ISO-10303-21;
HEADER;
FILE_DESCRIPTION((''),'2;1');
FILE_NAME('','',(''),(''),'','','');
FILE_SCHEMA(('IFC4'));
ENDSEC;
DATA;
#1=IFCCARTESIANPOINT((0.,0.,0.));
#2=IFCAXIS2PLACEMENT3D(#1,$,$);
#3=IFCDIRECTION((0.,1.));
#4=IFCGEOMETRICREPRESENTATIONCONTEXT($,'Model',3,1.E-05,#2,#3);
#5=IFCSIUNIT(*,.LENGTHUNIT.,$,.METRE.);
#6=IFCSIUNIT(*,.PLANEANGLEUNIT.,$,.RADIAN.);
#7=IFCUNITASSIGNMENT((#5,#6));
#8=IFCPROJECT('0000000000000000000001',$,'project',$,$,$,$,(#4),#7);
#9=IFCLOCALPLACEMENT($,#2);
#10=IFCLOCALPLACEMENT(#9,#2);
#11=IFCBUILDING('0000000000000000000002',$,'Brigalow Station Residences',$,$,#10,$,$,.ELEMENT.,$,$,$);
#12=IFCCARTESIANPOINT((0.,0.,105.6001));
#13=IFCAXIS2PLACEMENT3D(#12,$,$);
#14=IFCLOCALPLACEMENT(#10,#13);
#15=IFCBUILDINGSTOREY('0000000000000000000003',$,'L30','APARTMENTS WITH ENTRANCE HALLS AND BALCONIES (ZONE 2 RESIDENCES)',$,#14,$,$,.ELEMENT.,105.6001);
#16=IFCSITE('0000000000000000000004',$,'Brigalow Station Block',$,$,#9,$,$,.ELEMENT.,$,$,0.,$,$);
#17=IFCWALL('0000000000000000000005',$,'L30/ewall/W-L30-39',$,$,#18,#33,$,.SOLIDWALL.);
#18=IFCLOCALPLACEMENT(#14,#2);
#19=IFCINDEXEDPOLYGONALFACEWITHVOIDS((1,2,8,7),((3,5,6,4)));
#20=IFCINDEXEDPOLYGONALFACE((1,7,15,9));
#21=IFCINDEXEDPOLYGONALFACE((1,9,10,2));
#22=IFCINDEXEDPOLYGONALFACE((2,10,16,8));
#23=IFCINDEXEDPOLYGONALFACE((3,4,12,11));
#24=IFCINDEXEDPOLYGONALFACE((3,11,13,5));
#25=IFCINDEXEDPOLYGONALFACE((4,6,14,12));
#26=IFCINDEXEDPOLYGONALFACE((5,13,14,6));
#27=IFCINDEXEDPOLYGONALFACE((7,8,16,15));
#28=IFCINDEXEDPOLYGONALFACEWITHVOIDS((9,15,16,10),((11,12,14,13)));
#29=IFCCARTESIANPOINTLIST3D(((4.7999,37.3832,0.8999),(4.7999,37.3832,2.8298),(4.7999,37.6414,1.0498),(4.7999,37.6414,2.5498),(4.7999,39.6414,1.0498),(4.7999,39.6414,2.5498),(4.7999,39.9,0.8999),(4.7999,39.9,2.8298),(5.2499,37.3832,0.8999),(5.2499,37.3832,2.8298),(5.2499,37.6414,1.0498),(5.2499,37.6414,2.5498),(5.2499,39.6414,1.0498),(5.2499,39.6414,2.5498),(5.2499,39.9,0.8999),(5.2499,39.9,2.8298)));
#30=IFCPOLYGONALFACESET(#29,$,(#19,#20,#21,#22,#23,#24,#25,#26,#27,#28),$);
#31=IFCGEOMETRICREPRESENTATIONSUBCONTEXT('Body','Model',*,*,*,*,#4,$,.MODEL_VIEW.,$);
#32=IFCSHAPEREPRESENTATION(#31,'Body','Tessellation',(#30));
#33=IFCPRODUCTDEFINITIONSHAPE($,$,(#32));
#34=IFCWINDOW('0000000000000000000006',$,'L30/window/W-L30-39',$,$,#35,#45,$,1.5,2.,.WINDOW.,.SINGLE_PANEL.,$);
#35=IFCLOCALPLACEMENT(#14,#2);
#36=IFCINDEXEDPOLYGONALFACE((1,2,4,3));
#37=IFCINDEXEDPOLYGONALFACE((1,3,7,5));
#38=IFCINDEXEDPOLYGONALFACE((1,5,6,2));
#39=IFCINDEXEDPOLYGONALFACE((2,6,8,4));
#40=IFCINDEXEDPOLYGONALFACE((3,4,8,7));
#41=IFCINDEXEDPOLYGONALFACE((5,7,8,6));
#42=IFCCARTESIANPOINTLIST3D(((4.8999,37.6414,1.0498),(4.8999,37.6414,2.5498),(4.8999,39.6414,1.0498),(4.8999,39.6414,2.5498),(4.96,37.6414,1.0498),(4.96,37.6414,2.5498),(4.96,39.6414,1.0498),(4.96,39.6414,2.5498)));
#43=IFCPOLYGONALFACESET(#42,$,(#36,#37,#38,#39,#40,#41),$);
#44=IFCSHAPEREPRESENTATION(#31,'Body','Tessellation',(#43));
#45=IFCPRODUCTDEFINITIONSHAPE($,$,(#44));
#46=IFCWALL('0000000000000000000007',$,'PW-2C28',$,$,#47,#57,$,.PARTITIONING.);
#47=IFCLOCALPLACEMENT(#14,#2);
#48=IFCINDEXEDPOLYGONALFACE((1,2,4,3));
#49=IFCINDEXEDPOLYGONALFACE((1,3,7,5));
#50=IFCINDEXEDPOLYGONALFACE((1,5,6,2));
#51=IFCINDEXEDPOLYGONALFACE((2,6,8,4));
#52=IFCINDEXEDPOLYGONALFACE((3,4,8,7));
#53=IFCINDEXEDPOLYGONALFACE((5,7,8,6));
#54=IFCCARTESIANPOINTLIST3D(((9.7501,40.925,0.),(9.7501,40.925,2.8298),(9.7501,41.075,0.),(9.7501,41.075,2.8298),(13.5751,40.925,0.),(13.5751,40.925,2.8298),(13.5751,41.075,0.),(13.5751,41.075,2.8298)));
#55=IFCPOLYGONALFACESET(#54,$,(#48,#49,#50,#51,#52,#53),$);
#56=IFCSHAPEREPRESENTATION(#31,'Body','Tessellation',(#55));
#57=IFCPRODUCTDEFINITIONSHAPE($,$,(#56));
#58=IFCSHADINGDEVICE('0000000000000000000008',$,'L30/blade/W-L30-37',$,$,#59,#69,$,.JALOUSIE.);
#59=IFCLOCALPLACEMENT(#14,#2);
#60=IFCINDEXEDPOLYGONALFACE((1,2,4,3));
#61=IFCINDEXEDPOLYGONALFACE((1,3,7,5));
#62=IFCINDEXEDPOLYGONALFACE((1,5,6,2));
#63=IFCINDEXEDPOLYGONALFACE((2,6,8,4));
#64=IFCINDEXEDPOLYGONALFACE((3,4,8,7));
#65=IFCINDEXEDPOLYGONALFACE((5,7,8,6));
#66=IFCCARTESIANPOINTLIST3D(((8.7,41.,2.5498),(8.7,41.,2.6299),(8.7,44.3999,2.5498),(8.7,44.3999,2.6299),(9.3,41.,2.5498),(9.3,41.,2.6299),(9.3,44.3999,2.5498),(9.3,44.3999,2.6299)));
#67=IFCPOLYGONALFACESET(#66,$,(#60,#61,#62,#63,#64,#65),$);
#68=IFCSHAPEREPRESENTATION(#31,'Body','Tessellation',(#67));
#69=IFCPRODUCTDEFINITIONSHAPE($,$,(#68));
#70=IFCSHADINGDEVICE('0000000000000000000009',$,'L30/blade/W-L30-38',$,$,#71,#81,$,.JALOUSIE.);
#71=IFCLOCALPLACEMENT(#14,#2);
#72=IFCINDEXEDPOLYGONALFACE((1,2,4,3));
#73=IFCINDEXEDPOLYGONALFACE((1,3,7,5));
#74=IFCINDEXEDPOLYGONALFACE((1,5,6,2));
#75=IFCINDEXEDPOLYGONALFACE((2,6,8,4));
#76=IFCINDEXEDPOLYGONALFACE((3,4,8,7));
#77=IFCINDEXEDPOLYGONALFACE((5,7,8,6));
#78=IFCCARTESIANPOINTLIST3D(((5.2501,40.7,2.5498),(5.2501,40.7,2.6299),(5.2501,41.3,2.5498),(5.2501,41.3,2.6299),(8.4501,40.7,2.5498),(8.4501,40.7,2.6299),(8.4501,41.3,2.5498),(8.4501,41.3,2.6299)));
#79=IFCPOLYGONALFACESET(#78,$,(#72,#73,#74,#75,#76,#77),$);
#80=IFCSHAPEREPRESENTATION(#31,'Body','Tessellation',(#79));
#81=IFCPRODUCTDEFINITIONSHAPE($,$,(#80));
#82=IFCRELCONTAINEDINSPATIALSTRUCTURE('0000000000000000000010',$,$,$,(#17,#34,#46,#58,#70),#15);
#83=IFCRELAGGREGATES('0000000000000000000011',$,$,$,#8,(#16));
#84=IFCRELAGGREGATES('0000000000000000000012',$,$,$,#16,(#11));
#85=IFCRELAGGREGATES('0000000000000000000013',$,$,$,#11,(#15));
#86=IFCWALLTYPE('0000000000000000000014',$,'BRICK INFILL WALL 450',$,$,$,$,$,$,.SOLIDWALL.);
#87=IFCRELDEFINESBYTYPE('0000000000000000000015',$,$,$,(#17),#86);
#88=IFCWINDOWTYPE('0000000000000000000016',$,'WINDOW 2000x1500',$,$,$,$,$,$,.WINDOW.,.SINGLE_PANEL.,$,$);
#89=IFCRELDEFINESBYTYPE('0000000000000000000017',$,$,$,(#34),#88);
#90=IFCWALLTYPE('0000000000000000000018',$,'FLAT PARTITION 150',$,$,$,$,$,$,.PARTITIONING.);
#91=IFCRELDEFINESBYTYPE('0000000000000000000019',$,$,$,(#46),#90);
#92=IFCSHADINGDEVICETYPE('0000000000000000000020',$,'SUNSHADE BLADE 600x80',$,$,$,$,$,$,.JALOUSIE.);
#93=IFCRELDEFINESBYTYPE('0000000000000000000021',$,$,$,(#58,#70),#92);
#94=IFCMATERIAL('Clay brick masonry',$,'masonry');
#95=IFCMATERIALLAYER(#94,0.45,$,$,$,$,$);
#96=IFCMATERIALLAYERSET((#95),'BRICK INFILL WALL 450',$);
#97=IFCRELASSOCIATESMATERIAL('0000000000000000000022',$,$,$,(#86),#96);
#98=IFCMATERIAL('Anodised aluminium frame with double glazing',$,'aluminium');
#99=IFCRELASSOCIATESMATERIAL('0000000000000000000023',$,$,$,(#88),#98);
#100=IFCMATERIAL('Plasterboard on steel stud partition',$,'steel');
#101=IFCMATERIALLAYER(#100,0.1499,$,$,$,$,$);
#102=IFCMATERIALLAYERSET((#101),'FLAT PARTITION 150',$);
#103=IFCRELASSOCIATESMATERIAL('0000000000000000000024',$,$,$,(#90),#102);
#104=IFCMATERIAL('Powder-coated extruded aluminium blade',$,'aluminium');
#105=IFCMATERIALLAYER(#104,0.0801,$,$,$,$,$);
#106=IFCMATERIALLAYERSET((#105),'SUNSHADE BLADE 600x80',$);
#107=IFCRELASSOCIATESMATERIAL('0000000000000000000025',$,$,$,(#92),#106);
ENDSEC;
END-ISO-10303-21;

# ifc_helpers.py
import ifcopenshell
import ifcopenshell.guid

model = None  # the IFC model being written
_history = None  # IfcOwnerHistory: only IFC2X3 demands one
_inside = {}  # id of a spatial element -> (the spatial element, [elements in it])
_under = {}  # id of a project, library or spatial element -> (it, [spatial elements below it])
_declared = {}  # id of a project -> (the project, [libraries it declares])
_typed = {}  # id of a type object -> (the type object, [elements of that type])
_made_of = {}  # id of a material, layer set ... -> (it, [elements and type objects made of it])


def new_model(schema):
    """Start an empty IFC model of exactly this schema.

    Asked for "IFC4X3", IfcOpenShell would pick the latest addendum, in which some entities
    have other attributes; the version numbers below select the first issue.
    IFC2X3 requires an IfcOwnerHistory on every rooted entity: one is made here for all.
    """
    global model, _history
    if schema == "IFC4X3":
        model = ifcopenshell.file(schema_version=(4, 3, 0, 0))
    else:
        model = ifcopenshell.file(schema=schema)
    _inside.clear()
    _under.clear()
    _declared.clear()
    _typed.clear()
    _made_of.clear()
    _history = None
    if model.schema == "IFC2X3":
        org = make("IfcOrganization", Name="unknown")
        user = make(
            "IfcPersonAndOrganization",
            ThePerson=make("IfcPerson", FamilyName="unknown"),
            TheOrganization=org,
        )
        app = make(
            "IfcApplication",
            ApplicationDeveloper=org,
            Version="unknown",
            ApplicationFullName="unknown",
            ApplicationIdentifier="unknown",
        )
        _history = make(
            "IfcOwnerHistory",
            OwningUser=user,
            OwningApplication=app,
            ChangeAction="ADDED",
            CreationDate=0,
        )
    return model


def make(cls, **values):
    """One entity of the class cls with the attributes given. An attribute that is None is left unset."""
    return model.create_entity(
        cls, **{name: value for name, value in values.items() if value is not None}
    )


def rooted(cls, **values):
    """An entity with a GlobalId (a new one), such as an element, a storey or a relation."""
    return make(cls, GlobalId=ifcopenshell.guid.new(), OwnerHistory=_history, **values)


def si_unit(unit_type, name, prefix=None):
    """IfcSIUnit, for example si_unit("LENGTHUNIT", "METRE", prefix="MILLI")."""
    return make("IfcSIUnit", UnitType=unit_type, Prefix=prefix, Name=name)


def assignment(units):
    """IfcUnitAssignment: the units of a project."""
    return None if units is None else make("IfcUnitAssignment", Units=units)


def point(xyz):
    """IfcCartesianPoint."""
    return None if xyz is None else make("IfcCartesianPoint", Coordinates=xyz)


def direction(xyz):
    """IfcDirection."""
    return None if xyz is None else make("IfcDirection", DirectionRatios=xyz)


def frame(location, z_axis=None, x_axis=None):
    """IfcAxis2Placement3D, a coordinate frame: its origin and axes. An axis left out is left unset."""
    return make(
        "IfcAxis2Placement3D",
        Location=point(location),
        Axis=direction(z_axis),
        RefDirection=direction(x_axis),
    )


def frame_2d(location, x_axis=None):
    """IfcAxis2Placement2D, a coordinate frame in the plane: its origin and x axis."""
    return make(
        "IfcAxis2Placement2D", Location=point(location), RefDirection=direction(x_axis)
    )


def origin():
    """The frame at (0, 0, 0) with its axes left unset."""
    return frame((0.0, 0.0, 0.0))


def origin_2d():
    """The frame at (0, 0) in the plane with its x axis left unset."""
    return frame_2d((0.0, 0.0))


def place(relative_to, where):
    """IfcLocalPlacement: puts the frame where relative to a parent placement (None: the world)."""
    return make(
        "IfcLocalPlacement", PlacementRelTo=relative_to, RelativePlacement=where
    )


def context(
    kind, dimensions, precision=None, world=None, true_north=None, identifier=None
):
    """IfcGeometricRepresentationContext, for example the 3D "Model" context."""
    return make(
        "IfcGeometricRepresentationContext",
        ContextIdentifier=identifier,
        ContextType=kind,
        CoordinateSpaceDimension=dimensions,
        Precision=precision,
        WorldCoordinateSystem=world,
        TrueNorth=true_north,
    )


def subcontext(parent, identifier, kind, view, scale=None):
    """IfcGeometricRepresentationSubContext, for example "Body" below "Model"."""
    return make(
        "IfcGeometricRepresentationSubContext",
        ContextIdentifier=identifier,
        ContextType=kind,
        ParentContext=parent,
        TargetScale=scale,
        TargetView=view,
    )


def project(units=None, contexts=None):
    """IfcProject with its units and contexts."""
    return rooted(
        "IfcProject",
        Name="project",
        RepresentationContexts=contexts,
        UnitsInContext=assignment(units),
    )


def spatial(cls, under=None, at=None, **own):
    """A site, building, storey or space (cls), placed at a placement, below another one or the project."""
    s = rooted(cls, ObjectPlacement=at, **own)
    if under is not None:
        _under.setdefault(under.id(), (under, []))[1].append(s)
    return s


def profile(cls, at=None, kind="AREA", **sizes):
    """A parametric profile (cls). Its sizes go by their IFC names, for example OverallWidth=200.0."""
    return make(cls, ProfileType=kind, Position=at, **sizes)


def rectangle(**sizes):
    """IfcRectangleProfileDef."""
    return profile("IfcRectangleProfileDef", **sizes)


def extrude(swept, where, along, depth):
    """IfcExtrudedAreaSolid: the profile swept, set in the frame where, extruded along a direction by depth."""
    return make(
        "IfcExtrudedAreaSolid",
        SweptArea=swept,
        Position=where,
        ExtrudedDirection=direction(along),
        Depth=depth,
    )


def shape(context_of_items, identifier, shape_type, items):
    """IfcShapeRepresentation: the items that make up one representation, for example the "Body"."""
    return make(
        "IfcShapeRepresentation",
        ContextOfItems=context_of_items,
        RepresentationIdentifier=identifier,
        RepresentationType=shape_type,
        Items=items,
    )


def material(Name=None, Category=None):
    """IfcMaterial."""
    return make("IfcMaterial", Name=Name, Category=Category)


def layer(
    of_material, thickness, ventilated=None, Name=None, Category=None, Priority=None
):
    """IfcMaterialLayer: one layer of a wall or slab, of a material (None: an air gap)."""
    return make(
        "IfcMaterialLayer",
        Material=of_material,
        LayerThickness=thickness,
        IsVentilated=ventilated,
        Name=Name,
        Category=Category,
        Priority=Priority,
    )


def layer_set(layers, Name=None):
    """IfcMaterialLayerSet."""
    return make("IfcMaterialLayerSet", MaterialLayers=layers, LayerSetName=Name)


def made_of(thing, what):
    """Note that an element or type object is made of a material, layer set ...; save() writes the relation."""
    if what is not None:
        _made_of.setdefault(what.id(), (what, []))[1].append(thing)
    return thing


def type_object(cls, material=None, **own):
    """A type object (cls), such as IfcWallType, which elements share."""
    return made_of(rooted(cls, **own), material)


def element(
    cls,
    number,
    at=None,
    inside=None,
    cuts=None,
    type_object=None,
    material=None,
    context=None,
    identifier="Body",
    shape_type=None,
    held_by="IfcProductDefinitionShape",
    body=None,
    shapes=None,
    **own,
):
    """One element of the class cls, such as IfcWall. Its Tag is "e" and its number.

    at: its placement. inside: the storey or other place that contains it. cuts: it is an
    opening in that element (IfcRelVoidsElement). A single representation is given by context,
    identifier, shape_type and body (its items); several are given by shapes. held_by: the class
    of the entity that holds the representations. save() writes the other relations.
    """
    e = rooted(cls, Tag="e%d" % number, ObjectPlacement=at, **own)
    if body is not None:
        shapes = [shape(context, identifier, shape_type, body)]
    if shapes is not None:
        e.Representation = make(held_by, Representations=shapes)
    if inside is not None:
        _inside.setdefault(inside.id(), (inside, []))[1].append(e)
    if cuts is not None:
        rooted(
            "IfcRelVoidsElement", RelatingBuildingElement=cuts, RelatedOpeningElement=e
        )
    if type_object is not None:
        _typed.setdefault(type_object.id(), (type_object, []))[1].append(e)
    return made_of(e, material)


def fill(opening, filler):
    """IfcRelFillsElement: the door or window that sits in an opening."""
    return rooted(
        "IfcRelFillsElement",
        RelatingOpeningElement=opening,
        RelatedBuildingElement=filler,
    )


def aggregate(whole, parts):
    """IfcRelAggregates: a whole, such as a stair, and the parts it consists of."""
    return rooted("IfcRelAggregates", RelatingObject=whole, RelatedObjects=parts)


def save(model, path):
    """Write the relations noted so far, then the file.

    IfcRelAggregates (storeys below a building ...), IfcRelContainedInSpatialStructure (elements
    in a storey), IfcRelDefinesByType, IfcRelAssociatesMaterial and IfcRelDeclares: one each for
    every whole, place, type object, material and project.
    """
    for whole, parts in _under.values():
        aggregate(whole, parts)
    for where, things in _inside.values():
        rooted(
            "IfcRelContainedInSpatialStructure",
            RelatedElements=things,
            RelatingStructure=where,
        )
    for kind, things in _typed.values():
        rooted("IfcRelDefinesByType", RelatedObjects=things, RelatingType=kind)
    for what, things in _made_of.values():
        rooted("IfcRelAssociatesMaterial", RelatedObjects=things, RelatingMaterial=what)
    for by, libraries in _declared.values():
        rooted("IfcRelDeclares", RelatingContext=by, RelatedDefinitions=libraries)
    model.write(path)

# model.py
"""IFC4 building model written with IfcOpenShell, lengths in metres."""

from ifc_helpers import new_model, si_unit, direction, frame, frame_2d, origin, origin_2d, place, context, subcontext, project, spatial, rectangle, extrude, material, layer, layer_set, type_object, element, fill, save


model = new_model("IFC4")

# Units and contexts
model_context = context("Model", 3, precision=1e-05, world=origin(), true_north=direction((0.0, 1.0)))
body_context = subcontext(model_context, "Body", "Model", "MODEL_VIEW")
ifc_project = project(units=[si_unit("LENGTHUNIT", "METRE"), si_unit("PLANEANGLEUNIT", "RADIAN")], contexts=[model_context])

# Site, building, storey
site_placement = place(None, origin())
site = spatial("IfcSite", under=ifc_project, at=site_placement, Name="Brigalow Station Block", CompositionType="ELEMENT", RefElevation=0.0)
building_placement = place(site_placement, origin())
building = spatial("IfcBuilding", under=site, at=building_placement, Name="Brigalow Station Residences", CompositionType="ELEMENT")
storey_placement = place(building_placement, frame((0.0, 0.0, 105.6001)))
storey = spatial("IfcBuildingStorey", under=building, at=storey_placement, Name="L30", Description="APARTMENTS WITH ENTRANCE HALLS AND BALCONIES (ZONE 2 RESIDENCES)", CompositionType="ELEMENT", Elevation=105.6001)

# Shared definitions
ifc_material_1 = material(Name="Clay brick masonry", Category="masonry")
ifc_layer_1 = layer(ifc_material_1, 0.45)
ifc_layer_set_1 = layer_set([ifc_layer_1], Name="BRICK INFILL WALL 450")
wall_type_1 = type_object("IfcWallType", Name="BRICK INFILL WALL 450", PredefinedType="SOLIDWALL", material=ifc_layer_set_1)

# Wall, opening, window
wall_1_placement = place(storey_placement, frame((5.0249, 39.8999, 0.8999), z_axis=(0.0, 0.0, 1.0), x_axis=(0.0, -1.0, 0.0)))
wall_1 = element("IfcWall", 1, at=wall_1_placement, inside=storey, type_object=wall_type_1, Name="L30/ewall/W-L30-39", PredefinedType="SOLIDWALL", context=body_context, shape_type="SweptSolid", body=[
    extrude(rectangle(XDim=2.5168, YDim=0.45, at=frame_2d((1.2583, 0.0))), origin(), (0.0, 0.0, 1.0), 1.9299),
])
opening_1_placement = place(wall_1_placement, frame((0.2585, 0.0, 0.1499)))
opening_1 = element("IfcOpeningElement", 2, at=opening_1_placement, cuts=wall_1, PredefinedType="OPENING", context=body_context, shape_type="SweptSolid", body=[
    extrude(rectangle(XDim=2.0, YDim=1.5, at=frame_2d((1.0, 0.75))), frame((0.0, 0.2349, 0.0), z_axis=(0.0, -1.0, 0.0), x_axis=(1.0, 0.0, 0.0)), (0.0, 0.0, 1.0), 0.47),
])
ifc_material_2 = material(Name="Anodised aluminium frame with double glazing", Category="aluminium")
window_type_1 = type_object("IfcWindowType", Name="WINDOW 2000x1500", PartitioningType="SINGLE_PANEL", PredefinedType="WINDOW", material=ifc_material_2)
window_1_placement = place(opening_1_placement, origin())
window_1 = element("IfcWindow", 3, at=window_1_placement, inside=storey, type_object=window_type_1, Name="L30/window/W-L30-39", OverallHeight=1.5, OverallWidth=2.0, PartitioningType="SINGLE_PANEL", PredefinedType="WINDOW", context=body_context, shape_type="SweptSolid", body=[
    extrude(rectangle(XDim=2.0, YDim=1.5, at=frame_2d((1.0, 0.75))), frame((0.0, -0.0649, 0.0), z_axis=(0.0, -1.0, 0.0), x_axis=(1.0, 0.0, 0.0)), (0.0, 0.0, 1.0), 0.0601),
])
fill(opening_1, window_1)

# Wall
ifc_material_3 = material(Name="Plasterboard on steel stud partition", Category="steel")
ifc_layer_2 = layer(ifc_material_3, 0.1499)
ifc_layer_set_2 = layer_set([ifc_layer_2], Name="FLAT PARTITION 150")
wall_type_2 = type_object("IfcWallType", Name="FLAT PARTITION 150", PredefinedType="PARTITIONING", material=ifc_layer_set_2)
wall_2_placement = place(storey_placement, frame((9.75, 41.0, 0.0), z_axis=(0.0, 0.0, 1.0), x_axis=(1.0, 0.0, 0.0)))
element("IfcWall", 4, at=wall_2_placement, inside=storey, type_object=wall_type_2, Name="PW-2C28", PredefinedType="PARTITIONING", context=body_context, shape_type="SweptSolid", body=[
    extrude(rectangle(XDim=3.825, YDim=0.1499, at=frame_2d((1.9126, 0.0))), origin(), (0.0, 0.0, 1.0), 2.8298),
])

# Shading devices
ifc_material_4 = material(Name="Powder-coated extruded aluminium blade", Category="aluminium")
ifc_layer_3 = layer(ifc_material_4, 0.0801)
ifc_layer_set_3 = layer_set([ifc_layer_3], Name="SUNSHADE BLADE 600x80")
shading_device_type = type_object("IfcShadingDeviceType", Name="SUNSHADE BLADE 600x80", PredefinedType="JALOUSIE", material=ifc_layer_set_3)
shading_device_1_placement = place(storey_placement, frame((9.0, 42.7, 2.5498), z_axis=(0.0, 0.0, 1.0), x_axis=(0.0, -1.0, 0.0)))
element("IfcShadingDevice", 5, at=shading_device_1_placement, inside=storey, type_object=shading_device_type, Name="L30/blade/W-L30-37", PredefinedType="JALOUSIE", context=body_context, shape_type="SweptSolid", body=[
    extrude(rectangle(XDim=3.3999, YDim=0.6001, at=origin_2d()), origin(), (0.0, 0.0, 1.0), 0.0801),
])
shading_device_2_placement = place(storey_placement, frame((6.8501, 41.0, 2.5498), z_axis=(0.0, 0.0, 1.0), x_axis=(-1.0, 0.0, 0.0)))
element("IfcShadingDevice", 6, at=shading_device_2_placement, inside=storey, type_object=shading_device_type, Name="L30/blade/W-L30-38", PredefinedType="JALOUSIE", context=body_context, shape_type="SweptSolid", body=[
    extrude(rectangle(XDim=3.2, YDim=0.6001, at=origin_2d()), origin(), (0.0, 0.0, 1.0), 0.0801),
])

save(model, "model.ifc")
